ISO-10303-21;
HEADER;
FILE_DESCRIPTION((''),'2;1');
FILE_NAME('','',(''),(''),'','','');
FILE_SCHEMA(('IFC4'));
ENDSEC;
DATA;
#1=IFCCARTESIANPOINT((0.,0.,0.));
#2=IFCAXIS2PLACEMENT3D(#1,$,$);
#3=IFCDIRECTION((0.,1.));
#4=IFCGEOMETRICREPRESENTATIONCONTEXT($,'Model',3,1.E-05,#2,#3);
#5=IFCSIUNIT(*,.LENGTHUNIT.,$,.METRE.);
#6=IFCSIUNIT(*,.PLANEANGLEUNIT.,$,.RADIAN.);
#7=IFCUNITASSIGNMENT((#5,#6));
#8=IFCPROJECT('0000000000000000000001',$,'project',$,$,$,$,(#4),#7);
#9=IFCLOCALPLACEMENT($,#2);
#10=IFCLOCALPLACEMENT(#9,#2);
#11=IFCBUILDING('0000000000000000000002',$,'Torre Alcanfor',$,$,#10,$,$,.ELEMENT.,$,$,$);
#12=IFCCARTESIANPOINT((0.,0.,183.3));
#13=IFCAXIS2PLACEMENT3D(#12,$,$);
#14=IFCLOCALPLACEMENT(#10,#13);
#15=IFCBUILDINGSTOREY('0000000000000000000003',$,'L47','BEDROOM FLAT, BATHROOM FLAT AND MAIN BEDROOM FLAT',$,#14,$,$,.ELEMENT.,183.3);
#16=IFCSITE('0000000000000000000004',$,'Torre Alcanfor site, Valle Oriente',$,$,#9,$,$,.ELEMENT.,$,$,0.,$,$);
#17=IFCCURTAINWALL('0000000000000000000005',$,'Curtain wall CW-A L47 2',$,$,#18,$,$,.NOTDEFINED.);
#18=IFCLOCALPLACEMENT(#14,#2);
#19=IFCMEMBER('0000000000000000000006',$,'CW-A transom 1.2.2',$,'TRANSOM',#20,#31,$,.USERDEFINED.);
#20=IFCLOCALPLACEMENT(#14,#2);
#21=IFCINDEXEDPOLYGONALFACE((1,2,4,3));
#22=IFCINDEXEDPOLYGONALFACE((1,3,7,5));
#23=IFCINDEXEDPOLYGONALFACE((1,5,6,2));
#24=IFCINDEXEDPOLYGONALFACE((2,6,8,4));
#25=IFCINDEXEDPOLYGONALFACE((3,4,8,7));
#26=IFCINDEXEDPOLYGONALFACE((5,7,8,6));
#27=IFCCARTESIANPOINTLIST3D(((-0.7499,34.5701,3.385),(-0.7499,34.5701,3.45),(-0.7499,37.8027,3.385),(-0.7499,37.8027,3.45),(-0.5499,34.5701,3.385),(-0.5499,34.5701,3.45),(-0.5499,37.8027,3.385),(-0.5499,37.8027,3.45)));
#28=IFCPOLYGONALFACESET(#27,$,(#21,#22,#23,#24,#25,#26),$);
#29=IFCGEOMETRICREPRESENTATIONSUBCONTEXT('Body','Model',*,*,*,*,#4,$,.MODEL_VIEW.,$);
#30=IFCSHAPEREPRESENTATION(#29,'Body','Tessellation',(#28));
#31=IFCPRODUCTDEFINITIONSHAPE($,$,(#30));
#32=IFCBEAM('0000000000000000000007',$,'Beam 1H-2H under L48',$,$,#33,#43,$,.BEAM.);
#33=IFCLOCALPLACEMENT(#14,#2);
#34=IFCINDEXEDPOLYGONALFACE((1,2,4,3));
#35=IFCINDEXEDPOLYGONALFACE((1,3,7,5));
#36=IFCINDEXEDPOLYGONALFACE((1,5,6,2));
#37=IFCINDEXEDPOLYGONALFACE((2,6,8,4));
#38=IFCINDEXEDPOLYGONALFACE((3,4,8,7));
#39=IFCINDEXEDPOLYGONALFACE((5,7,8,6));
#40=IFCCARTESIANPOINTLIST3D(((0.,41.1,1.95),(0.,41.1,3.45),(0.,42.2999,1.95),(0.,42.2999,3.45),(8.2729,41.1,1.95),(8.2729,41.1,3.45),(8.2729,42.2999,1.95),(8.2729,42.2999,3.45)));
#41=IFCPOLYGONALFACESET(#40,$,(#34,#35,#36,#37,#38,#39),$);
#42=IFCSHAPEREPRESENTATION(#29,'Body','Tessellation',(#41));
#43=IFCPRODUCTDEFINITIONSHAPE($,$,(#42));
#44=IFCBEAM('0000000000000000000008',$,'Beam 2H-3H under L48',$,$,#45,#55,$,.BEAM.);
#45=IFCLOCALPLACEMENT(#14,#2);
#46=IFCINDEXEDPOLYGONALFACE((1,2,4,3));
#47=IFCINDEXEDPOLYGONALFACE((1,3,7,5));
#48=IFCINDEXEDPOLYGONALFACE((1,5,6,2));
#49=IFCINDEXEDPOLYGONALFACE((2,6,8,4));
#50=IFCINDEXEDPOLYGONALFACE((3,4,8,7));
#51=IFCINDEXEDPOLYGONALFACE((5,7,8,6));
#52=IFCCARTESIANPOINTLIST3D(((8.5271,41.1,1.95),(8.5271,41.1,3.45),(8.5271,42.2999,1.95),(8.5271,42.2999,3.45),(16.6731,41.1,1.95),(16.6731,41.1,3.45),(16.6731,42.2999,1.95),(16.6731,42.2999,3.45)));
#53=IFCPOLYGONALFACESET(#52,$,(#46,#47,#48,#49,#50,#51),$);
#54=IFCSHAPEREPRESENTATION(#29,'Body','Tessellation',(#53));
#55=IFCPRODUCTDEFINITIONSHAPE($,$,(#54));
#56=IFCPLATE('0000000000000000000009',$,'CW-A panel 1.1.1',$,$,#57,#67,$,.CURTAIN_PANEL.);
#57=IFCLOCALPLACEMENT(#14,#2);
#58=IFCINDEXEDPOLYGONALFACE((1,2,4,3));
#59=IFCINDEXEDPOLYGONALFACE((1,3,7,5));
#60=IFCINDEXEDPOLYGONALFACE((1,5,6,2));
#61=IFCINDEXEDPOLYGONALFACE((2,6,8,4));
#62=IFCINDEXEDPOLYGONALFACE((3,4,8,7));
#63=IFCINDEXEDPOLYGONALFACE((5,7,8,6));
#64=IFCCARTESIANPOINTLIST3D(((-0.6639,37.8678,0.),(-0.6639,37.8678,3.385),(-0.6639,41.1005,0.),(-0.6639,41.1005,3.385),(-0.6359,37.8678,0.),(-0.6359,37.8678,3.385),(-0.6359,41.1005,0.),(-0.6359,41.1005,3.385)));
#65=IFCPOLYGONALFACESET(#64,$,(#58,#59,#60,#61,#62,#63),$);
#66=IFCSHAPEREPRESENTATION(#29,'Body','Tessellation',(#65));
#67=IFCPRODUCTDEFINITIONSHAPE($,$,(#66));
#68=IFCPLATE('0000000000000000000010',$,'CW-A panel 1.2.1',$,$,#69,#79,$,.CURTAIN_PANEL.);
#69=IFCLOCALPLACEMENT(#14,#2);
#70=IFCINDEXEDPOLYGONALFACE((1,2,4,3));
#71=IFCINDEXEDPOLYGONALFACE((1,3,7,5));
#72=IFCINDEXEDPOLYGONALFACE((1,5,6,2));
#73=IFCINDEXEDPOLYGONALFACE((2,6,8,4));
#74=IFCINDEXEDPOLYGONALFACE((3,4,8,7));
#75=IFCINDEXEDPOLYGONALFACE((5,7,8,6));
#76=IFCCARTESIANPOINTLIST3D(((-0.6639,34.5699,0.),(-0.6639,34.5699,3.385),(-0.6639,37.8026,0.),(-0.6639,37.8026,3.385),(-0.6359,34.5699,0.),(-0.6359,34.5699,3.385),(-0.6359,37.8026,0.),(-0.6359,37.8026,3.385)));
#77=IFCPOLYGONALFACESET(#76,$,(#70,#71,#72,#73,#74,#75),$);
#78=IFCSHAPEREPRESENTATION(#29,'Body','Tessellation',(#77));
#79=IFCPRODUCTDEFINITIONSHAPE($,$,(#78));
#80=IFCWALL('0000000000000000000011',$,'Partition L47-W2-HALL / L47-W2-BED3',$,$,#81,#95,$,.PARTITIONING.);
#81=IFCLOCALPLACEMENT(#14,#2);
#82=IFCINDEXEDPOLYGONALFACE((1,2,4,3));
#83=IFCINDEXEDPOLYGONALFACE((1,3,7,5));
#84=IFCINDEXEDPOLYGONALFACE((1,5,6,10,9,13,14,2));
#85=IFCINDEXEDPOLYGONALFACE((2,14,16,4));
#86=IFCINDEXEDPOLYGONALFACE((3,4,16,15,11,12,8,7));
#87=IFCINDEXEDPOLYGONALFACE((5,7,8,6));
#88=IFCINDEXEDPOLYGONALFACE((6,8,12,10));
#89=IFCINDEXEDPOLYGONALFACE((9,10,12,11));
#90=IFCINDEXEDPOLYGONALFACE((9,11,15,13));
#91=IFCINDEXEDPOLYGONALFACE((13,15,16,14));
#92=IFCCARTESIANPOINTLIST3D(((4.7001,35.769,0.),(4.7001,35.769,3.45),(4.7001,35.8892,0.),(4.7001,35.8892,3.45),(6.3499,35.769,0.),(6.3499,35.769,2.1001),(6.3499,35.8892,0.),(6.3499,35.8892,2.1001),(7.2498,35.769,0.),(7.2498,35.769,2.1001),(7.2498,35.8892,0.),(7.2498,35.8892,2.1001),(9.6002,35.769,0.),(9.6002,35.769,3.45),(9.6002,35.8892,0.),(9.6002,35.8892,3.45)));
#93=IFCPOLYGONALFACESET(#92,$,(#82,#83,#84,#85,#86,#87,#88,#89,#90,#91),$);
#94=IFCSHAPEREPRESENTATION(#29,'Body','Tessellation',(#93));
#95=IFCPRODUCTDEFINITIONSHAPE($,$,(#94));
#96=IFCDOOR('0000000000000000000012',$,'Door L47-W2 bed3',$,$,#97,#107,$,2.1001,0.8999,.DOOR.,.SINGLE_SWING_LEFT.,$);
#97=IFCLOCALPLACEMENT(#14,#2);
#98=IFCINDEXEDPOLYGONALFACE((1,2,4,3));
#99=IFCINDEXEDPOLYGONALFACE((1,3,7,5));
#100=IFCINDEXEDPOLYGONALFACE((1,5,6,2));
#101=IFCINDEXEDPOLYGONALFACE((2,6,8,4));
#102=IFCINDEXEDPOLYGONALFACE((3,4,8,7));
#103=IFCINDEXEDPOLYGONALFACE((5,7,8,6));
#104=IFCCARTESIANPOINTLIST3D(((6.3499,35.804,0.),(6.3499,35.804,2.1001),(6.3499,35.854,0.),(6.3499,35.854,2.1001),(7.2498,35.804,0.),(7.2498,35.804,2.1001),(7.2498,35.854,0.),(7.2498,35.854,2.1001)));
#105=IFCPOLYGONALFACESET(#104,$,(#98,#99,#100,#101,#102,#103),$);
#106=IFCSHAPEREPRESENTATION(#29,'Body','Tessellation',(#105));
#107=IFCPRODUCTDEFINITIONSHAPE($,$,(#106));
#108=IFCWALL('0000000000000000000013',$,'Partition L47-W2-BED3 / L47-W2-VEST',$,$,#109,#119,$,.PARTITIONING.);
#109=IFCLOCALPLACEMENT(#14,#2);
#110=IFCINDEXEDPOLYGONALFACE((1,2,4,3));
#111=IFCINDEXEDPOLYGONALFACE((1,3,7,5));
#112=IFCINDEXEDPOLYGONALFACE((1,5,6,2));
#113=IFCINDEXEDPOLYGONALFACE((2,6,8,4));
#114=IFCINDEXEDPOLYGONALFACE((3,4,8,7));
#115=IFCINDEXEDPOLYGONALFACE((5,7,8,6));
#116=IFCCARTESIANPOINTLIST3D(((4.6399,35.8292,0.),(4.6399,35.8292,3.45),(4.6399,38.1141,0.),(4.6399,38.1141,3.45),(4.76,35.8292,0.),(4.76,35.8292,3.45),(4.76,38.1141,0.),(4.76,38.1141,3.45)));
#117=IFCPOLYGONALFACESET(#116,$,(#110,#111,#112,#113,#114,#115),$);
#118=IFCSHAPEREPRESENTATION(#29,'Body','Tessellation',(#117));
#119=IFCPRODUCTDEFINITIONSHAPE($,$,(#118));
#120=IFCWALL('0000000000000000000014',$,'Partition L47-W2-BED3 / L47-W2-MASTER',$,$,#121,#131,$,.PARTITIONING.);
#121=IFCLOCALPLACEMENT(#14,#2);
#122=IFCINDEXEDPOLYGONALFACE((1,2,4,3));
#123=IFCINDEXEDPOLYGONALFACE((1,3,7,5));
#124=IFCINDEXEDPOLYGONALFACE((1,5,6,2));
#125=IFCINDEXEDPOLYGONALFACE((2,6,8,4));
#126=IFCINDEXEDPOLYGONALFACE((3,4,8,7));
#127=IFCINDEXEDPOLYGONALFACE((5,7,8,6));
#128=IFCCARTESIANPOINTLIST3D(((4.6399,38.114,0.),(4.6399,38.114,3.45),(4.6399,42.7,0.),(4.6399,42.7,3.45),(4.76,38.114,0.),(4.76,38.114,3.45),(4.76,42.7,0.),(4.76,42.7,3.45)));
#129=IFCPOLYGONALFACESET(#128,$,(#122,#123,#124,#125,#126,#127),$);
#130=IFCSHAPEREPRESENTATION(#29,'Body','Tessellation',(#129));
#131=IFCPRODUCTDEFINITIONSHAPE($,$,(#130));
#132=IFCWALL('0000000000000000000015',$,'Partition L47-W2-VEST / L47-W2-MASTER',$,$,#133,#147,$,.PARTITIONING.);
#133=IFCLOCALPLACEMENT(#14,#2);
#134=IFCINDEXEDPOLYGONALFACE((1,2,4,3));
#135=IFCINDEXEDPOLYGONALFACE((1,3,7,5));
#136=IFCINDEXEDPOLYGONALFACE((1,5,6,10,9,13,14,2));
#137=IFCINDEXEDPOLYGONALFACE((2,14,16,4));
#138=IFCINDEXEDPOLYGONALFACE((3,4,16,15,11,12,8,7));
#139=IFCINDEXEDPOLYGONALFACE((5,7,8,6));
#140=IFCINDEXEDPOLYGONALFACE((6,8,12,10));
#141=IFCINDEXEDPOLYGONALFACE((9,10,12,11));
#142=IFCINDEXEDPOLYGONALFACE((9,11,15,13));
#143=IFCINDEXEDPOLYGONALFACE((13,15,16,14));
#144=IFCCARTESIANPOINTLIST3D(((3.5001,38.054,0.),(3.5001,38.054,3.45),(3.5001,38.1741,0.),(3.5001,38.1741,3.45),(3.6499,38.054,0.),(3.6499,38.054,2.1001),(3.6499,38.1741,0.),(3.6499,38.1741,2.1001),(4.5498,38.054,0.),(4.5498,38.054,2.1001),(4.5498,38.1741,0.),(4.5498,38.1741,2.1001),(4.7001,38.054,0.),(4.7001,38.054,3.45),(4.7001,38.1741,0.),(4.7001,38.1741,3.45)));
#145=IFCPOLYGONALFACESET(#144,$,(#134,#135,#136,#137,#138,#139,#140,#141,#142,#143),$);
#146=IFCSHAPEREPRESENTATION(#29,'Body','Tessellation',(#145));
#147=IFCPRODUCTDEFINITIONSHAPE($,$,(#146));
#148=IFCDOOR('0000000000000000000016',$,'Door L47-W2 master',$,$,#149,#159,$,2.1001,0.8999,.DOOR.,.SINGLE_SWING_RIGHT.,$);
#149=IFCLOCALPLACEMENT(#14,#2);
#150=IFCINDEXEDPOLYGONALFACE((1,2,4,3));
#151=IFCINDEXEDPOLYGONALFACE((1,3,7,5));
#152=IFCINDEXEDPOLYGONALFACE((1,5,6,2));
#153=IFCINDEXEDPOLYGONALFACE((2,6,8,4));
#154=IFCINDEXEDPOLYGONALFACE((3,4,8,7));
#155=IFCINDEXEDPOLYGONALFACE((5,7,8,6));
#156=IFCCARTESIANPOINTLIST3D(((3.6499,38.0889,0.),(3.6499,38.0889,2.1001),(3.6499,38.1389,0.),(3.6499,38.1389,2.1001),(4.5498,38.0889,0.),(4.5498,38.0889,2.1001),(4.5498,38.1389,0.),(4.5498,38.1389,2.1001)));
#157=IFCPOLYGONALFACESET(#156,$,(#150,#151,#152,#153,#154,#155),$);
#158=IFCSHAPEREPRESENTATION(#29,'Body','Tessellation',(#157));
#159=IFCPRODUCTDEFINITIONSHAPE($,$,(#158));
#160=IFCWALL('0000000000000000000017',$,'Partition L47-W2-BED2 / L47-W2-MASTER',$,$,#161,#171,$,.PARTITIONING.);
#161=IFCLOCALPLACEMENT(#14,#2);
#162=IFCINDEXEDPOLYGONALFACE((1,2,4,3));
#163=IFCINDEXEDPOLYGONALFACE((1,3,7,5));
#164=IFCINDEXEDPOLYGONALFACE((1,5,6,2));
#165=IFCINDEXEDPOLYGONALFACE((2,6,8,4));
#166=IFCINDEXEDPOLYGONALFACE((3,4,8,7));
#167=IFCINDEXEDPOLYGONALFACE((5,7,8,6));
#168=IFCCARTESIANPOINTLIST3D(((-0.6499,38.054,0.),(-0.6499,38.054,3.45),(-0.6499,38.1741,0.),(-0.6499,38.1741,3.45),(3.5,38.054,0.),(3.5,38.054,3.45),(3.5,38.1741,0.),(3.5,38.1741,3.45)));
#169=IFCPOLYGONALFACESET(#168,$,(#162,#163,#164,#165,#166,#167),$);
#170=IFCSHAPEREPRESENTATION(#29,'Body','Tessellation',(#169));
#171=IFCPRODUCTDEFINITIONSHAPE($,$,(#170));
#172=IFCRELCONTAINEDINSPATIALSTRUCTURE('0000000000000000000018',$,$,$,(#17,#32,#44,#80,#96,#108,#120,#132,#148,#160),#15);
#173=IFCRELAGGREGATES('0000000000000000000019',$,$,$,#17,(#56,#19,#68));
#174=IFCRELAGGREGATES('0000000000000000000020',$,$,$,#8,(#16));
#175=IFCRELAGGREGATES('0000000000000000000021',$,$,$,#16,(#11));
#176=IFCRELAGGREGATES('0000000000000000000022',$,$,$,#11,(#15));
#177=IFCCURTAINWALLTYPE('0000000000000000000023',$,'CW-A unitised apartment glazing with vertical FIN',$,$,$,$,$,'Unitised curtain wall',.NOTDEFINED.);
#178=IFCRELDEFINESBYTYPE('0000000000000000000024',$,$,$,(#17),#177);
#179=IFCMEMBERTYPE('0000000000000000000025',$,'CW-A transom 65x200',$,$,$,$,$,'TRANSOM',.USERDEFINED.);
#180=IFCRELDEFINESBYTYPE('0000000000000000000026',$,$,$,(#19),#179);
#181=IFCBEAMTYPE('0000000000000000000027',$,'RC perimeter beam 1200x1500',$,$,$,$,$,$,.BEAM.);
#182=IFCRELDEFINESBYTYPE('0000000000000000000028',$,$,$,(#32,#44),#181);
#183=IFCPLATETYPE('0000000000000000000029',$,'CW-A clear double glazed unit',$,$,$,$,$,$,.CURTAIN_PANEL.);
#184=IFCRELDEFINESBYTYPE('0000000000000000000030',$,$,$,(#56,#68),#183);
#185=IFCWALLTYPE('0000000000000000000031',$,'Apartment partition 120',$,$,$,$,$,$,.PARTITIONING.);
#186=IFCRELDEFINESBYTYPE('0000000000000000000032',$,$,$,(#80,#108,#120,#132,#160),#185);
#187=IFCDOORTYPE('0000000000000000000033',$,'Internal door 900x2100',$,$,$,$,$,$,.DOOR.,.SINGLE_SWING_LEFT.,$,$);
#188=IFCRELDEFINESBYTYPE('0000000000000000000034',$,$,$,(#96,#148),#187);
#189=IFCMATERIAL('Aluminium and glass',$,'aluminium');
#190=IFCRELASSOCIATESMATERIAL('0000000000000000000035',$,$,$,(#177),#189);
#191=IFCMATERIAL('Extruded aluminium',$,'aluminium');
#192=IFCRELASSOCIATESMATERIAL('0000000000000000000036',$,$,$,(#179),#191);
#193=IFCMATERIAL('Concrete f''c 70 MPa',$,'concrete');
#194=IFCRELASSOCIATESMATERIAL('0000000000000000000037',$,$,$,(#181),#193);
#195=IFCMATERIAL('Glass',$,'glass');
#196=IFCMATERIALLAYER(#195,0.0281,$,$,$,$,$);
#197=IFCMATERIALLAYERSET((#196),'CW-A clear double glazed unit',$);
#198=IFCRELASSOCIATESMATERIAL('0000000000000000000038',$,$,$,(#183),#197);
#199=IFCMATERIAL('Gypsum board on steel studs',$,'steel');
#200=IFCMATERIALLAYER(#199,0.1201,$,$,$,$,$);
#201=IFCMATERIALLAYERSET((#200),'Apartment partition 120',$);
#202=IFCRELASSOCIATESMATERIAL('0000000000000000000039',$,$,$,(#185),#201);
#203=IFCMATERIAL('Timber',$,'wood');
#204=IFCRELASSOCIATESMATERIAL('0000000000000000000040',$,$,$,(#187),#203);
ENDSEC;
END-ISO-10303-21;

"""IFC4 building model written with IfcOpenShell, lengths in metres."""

from ifc_helpers import new_model, si_unit, direction, frame, frame_2d, origin, origin_2d, place, context, subcontext, project, spatial, rectangle, extrude, material, layer, layer_set, material_profile, profile_set, type_object, element, fill, aggregate, save


model = new_model("IFC4")

# Units and contexts
model_context = context("Model", 3, precision=1e-05, world=origin(), true_north=direction((0.0, 1.0)))
body_context = subcontext(model_context, "Body", "Model", "MODEL_VIEW")
ifc_project = project(units=[si_unit("LENGTHUNIT", "METRE"), si_unit("PLANEANGLEUNIT", "RADIAN")], contexts=[model_context])

# Site, building, storey
site_placement = place(None, origin())
site = spatial("IfcSite", under=ifc_project, at=site_placement, Name="Torre Alcanfor site, Valle Oriente", CompositionType="ELEMENT", RefElevation=0.0)
building_placement = place(site_placement, origin())
building = spatial("IfcBuilding", under=site, at=building_placement, Name="Torre Alcanfor", CompositionType="ELEMENT")
storey_placement = place(building_placement, frame((0.0, 0.0, 183.3)))
storey = spatial("IfcBuildingStorey", under=building, at=storey_placement, Name="L47", Description="BEDROOM FLAT, BATHROOM FLAT AND MAIN BEDROOM FLAT", CompositionType="ELEMENT", Elevation=183.3)

# Curtain wall, member
ifc_material_1 = material(Name="Aluminium and glass", Category="aluminium")
curtain_wall_type = type_object("IfcCurtainWallType", Name="CW-A unitised apartment glazing with vertical FIN", ElementType="Unitised curtain wall", PredefinedType="NOTDEFINED", material=ifc_material_1)
curtain_wall_placement = place(storey_placement, origin())
curtain_wall = element("IfcCurtainWall", 1, at=curtain_wall_placement, inside=storey, type_object=curtain_wall_type, Name="Curtain wall CW-A L47 2", PredefinedType="NOTDEFINED")
ifc_material_2 = material(Name="Extruded aluminium", Category="aluminium")
ifc_material_profile_1 = material_profile(ifc_material_2, rectangle(XDim=0.2, YDim=0.0649, at=origin_2d()), Name="CW-A transom 200x65")
ifc_profile_set_1 = profile_set([ifc_material_profile_1], Name="Extruded aluminium")
member_type_1 = type_object("IfcMemberType", Name="CW-A transom 65x200", ElementType="TRANSOM", PredefinedType="USERDEFINED", material=ifc_profile_set_1)
member_1_placement = place(storey_placement, frame((-0.6499, 37.8027, 3.4175), z_axis=(0.0, -1.0, 0.0), x_axis=(1.0, 0.0, 0.0)))
member_1 = element("IfcMember", 2, at=member_1_placement, type_object=member_type_1, Name="CW-A transom 1.2.2", ObjectType="TRANSOM", PredefinedType="USERDEFINED", context=body_context, shape_type="SweptSolid", body=[
    extrude(rectangle(XDim=0.2, YDim=0.0649, at=origin_2d()), origin(), (0.0, 0.0, 1.0), 3.2327),
])

# Beams
ifc_material_3 = material(Name="Concrete f'c 70 MPa", Category="concrete")
ifc_material_profile_2 = material_profile(ifc_material_3, rectangle(XDim=1.2, YDim=1.5, at=origin_2d()), Name="1200x1500")
ifc_profile_set_2 = profile_set([ifc_material_profile_2], Name="Concrete f'c 70 MPa")
beam_type_1 = type_object("IfcBeamType", Name="RC perimeter beam 1200x1500", PredefinedType="BEAM", material=ifc_profile_set_2)
beam_1_placement = place(storey_placement, frame((0.0, 41.7, 2.7), z_axis=(1.0, 0.0, 0.0), x_axis=(0.0, 1.0, 0.0)))
element("IfcBeam", 3, at=beam_1_placement, inside=storey, type_object=beam_type_1, Name="Beam 1H-2H under L48", PredefinedType="BEAM", context=body_context, shape_type="SweptSolid", body=[
    extrude(rectangle(XDim=1.2, YDim=1.5, at=origin_2d()), origin(), (0.0, 0.0, 1.0), 8.2729),
])
beam_2_placement = place(storey_placement, frame((8.5271, 41.7, 2.7), z_axis=(1.0, 0.0, 0.0), x_axis=(0.0, 1.0, 0.0)))
element("IfcBeam", 4, at=beam_2_placement, inside=storey, type_object=beam_type_1, Name="Beam 2H-3H under L48", PredefinedType="BEAM", context=body_context, shape_type="SweptSolid", body=[
    extrude(rectangle(XDim=1.2, YDim=1.5, at=origin_2d()), origin(), (0.0, 0.0, 1.0), 8.146),
])

# Plates
ifc_material_4 = material(Name="Glass", Category="glass")
ifc_layer_1 = layer(ifc_material_4, 0.0281)
ifc_layer_set_1 = layer_set([ifc_layer_1], Name="CW-A clear double glazed unit")
plate_type = type_object("IfcPlateType", Name="CW-A clear double glazed unit", PredefinedType="CURTAIN_PANEL", material=ifc_layer_set_1)
plate_1_placement = place(storey_placement, frame((-0.6499, 39.4841, 0.0), z_axis=(0.0, 0.0, 1.0), x_axis=(0.0, -1.0, 0.0)))
plate_1 = element("IfcPlate", 5, at=plate_1_placement, type_object=plate_type, Name="CW-A panel 1.1.1", PredefinedType="CURTAIN_PANEL", context=body_context, shape_type="SweptSolid", body=[
    extrude(rectangle(XDim=3.2327, YDim=0.0281, at=origin_2d()), origin(), (0.0, 0.0, 1.0), 3.385),
])
plate_2_placement = place(storey_placement, frame((-0.6499, 36.1863, 0.0), z_axis=(0.0, 0.0, 1.0), x_axis=(0.0, -1.0, 0.0)))
plate_2 = element("IfcPlate", 6, at=plate_2_placement, type_object=plate_type, Name="CW-A panel 1.2.1", PredefinedType="CURTAIN_PANEL", context=body_context, shape_type="SweptSolid", body=[
    extrude(rectangle(XDim=3.2327, YDim=0.0281, at=origin_2d()), origin(), (0.0, 0.0, 1.0), 3.385),
])
aggregate(curtain_wall, [plate_1, member_1, plate_2])

# Wall, opening, door
ifc_material_5 = material(Name="Gypsum board on steel studs", Category="steel")
ifc_layer_2 = layer(ifc_material_5, 0.1201)
ifc_layer_set_2 = layer_set([ifc_layer_2], Name="Apartment partition 120")
wall_type_1 = type_object("IfcWallType", Name="Apartment partition 120", PredefinedType="PARTITIONING", material=ifc_layer_set_2)
wall_1_placement = place(storey_placement, frame((4.7, 35.8291, 0.0), z_axis=(0.0, 0.0, 1.0), x_axis=(1.0, 0.0, 0.0)))
wall_1 = element("IfcWall", 7, at=wall_1_placement, inside=storey, type_object=wall_type_1, Name="Partition L47-W2-HALL / L47-W2-BED3", PredefinedType="PARTITIONING", context=body_context, shape_type="SweptSolid", body=[
    extrude(rectangle(XDim=4.9001, YDim=0.1201, at=frame_2d((2.4502, 0.0))), origin(), (0.0, 0.0, 1.0), 3.45),
])
opening_1_placement = place(wall_1_placement, frame((1.6499, 0.0, 0.0)))
opening_1 = element("IfcOpeningElement", 8, at=opening_1_placement, cuts=wall_1, PredefinedType="OPENING", context=body_context, shape_type="SweptSolid", body=[
    extrude(rectangle(XDim=0.8999, YDim=2.1001, at=frame_2d((0.45, 1.05))), frame((0.0, 0.0701, 0.0), z_axis=(0.0, -1.0, 0.0), x_axis=(1.0, 0.0, 0.0)), (0.0, 0.0, 1.0), 0.1401),
])
ifc_material_6 = material(Name="Timber", Category="wood")
door_type_1 = type_object("IfcDoorType", Name="Internal door 900x2100", OperationType="SINGLE_SWING_LEFT", PredefinedType="DOOR", material=ifc_material_6)
door_1_placement = place(opening_1_placement, origin())
door_1 = element("IfcDoor", 9, at=door_1_placement, inside=storey, type_object=door_type_1, Name="Door L47-W2 bed3", OperationType="SINGLE_SWING_LEFT", OverallHeight=2.1001, OverallWidth=0.8999, PredefinedType="DOOR", context=body_context, shape_type="SweptSolid", body=[
    extrude(rectangle(XDim=0.8999, YDim=2.1001, at=frame_2d((0.45, 1.05))), frame((0.0, 0.0249, 0.0), z_axis=(0.0, -1.0, 0.0), x_axis=(1.0, 0.0, 0.0)), (0.0, 0.0, 1.0), 0.05),
])
fill(opening_1, door_1)

# Walls
wall_2_placement = place(storey_placement, frame((4.7, 35.8291, 0.0), z_axis=(0.0, 0.0, 1.0), x_axis=(0.0, 1.0, 0.0)))
element("IfcWall", 10, at=wall_2_placement, inside=storey, type_object=wall_type_1, Name="Partition L47-W2-BED3 / L47-W2-VEST", PredefinedType="PARTITIONING", context=body_context, shape_type="SweptSolid", body=[
    extrude(rectangle(XDim=2.2849, YDim=0.1201, at=frame_2d((1.1426, 0.0))), origin(), (0.0, 0.0, 1.0), 3.45),
])
wall_3_placement = place(storey_placement, frame((4.7, 38.114, 0.0), z_axis=(0.0, 0.0, 1.0), x_axis=(0.0, 1.0, 0.0)))
element("IfcWall", 11, at=wall_3_placement, inside=storey, type_object=wall_type_1, Name="Partition L47-W2-BED3 / L47-W2-MASTER", PredefinedType="PARTITIONING", context=body_context, shape_type="SweptSolid", body=[
    extrude(rectangle(XDim=4.5859, YDim=0.1201, at=frame_2d((2.293, 0.0))), origin(), (0.0, 0.0, 1.0), 3.45),
])

# Wall, opening, door
wall_4_placement = place(storey_placement, frame((3.5, 38.114, 0.0), z_axis=(0.0, 0.0, 1.0), x_axis=(1.0, 0.0, 0.0)))
wall_4 = element("IfcWall", 12, at=wall_4_placement, inside=storey, type_object=wall_type_1, Name="Partition L47-W2-VEST / L47-W2-MASTER", PredefinedType="PARTITIONING", context=body_context, shape_type="SweptSolid", body=[
    extrude(rectangle(XDim=1.2, YDim=0.1201, at=frame_2d((0.6001, 0.0))), origin(), (0.0, 0.0, 1.0), 3.45),
])
opening_2_placement = place(wall_4_placement, frame((0.1499, 0.0, 0.0)))
opening_2 = element("IfcOpeningElement", 13, at=opening_2_placement, cuts=wall_4, PredefinedType="OPENING", context=body_context, shape_type="SweptSolid", body=[
    extrude(rectangle(XDim=0.8999, YDim=2.1001, at=frame_2d((0.45, 1.05))), frame((0.0, 0.0701, 0.0), z_axis=(0.0, -1.0, 0.0), x_axis=(1.0, 0.0, 0.0)), (0.0, 0.0, 1.0), 0.1401),
])
door_2_placement = place(opening_2_placement, frame((0.8999, 0.0, 0.0), z_axis=(0.0, 0.0, 1.0), x_axis=(-1.0, 0.0, 0.0)))
door_2 = element("IfcDoor", 14, at=door_2_placement, inside=storey, type_object=door_type_1, Name="Door L47-W2 master", OperationType="SINGLE_SWING_RIGHT", OverallHeight=2.1001, OverallWidth=0.8999, PredefinedType="DOOR", context=body_context, shape_type="SweptSolid", body=[
    extrude(rectangle(XDim=0.8999, YDim=2.1001, at=frame_2d((0.45, 1.05))), frame((0.0, 0.0251, 0.0), z_axis=(0.0, -1.0, 0.0), x_axis=(1.0, 0.0, 0.0)), (0.0, 0.0, 1.0), 0.05),
])
fill(opening_2, door_2)

# Wall
wall_5_placement = place(storey_placement, frame((-0.6499, 38.114, 0.0), z_axis=(0.0, 0.0, 1.0), x_axis=(1.0, 0.0, 0.0)))
element("IfcWall", 15, at=wall_5_placement, inside=storey, type_object=wall_type_1, Name="Partition L47-W2-BED2 / L47-W2-MASTER", PredefinedType="PARTITIONING", context=body_context, shape_type="SweptSolid", body=[
    extrude(rectangle(XDim=4.1499, YDim=0.1201, at=frame_2d((2.075, 0.0))), origin(), (0.0, 0.0, 1.0), 3.45),
])

save(model, "model.ifc")
